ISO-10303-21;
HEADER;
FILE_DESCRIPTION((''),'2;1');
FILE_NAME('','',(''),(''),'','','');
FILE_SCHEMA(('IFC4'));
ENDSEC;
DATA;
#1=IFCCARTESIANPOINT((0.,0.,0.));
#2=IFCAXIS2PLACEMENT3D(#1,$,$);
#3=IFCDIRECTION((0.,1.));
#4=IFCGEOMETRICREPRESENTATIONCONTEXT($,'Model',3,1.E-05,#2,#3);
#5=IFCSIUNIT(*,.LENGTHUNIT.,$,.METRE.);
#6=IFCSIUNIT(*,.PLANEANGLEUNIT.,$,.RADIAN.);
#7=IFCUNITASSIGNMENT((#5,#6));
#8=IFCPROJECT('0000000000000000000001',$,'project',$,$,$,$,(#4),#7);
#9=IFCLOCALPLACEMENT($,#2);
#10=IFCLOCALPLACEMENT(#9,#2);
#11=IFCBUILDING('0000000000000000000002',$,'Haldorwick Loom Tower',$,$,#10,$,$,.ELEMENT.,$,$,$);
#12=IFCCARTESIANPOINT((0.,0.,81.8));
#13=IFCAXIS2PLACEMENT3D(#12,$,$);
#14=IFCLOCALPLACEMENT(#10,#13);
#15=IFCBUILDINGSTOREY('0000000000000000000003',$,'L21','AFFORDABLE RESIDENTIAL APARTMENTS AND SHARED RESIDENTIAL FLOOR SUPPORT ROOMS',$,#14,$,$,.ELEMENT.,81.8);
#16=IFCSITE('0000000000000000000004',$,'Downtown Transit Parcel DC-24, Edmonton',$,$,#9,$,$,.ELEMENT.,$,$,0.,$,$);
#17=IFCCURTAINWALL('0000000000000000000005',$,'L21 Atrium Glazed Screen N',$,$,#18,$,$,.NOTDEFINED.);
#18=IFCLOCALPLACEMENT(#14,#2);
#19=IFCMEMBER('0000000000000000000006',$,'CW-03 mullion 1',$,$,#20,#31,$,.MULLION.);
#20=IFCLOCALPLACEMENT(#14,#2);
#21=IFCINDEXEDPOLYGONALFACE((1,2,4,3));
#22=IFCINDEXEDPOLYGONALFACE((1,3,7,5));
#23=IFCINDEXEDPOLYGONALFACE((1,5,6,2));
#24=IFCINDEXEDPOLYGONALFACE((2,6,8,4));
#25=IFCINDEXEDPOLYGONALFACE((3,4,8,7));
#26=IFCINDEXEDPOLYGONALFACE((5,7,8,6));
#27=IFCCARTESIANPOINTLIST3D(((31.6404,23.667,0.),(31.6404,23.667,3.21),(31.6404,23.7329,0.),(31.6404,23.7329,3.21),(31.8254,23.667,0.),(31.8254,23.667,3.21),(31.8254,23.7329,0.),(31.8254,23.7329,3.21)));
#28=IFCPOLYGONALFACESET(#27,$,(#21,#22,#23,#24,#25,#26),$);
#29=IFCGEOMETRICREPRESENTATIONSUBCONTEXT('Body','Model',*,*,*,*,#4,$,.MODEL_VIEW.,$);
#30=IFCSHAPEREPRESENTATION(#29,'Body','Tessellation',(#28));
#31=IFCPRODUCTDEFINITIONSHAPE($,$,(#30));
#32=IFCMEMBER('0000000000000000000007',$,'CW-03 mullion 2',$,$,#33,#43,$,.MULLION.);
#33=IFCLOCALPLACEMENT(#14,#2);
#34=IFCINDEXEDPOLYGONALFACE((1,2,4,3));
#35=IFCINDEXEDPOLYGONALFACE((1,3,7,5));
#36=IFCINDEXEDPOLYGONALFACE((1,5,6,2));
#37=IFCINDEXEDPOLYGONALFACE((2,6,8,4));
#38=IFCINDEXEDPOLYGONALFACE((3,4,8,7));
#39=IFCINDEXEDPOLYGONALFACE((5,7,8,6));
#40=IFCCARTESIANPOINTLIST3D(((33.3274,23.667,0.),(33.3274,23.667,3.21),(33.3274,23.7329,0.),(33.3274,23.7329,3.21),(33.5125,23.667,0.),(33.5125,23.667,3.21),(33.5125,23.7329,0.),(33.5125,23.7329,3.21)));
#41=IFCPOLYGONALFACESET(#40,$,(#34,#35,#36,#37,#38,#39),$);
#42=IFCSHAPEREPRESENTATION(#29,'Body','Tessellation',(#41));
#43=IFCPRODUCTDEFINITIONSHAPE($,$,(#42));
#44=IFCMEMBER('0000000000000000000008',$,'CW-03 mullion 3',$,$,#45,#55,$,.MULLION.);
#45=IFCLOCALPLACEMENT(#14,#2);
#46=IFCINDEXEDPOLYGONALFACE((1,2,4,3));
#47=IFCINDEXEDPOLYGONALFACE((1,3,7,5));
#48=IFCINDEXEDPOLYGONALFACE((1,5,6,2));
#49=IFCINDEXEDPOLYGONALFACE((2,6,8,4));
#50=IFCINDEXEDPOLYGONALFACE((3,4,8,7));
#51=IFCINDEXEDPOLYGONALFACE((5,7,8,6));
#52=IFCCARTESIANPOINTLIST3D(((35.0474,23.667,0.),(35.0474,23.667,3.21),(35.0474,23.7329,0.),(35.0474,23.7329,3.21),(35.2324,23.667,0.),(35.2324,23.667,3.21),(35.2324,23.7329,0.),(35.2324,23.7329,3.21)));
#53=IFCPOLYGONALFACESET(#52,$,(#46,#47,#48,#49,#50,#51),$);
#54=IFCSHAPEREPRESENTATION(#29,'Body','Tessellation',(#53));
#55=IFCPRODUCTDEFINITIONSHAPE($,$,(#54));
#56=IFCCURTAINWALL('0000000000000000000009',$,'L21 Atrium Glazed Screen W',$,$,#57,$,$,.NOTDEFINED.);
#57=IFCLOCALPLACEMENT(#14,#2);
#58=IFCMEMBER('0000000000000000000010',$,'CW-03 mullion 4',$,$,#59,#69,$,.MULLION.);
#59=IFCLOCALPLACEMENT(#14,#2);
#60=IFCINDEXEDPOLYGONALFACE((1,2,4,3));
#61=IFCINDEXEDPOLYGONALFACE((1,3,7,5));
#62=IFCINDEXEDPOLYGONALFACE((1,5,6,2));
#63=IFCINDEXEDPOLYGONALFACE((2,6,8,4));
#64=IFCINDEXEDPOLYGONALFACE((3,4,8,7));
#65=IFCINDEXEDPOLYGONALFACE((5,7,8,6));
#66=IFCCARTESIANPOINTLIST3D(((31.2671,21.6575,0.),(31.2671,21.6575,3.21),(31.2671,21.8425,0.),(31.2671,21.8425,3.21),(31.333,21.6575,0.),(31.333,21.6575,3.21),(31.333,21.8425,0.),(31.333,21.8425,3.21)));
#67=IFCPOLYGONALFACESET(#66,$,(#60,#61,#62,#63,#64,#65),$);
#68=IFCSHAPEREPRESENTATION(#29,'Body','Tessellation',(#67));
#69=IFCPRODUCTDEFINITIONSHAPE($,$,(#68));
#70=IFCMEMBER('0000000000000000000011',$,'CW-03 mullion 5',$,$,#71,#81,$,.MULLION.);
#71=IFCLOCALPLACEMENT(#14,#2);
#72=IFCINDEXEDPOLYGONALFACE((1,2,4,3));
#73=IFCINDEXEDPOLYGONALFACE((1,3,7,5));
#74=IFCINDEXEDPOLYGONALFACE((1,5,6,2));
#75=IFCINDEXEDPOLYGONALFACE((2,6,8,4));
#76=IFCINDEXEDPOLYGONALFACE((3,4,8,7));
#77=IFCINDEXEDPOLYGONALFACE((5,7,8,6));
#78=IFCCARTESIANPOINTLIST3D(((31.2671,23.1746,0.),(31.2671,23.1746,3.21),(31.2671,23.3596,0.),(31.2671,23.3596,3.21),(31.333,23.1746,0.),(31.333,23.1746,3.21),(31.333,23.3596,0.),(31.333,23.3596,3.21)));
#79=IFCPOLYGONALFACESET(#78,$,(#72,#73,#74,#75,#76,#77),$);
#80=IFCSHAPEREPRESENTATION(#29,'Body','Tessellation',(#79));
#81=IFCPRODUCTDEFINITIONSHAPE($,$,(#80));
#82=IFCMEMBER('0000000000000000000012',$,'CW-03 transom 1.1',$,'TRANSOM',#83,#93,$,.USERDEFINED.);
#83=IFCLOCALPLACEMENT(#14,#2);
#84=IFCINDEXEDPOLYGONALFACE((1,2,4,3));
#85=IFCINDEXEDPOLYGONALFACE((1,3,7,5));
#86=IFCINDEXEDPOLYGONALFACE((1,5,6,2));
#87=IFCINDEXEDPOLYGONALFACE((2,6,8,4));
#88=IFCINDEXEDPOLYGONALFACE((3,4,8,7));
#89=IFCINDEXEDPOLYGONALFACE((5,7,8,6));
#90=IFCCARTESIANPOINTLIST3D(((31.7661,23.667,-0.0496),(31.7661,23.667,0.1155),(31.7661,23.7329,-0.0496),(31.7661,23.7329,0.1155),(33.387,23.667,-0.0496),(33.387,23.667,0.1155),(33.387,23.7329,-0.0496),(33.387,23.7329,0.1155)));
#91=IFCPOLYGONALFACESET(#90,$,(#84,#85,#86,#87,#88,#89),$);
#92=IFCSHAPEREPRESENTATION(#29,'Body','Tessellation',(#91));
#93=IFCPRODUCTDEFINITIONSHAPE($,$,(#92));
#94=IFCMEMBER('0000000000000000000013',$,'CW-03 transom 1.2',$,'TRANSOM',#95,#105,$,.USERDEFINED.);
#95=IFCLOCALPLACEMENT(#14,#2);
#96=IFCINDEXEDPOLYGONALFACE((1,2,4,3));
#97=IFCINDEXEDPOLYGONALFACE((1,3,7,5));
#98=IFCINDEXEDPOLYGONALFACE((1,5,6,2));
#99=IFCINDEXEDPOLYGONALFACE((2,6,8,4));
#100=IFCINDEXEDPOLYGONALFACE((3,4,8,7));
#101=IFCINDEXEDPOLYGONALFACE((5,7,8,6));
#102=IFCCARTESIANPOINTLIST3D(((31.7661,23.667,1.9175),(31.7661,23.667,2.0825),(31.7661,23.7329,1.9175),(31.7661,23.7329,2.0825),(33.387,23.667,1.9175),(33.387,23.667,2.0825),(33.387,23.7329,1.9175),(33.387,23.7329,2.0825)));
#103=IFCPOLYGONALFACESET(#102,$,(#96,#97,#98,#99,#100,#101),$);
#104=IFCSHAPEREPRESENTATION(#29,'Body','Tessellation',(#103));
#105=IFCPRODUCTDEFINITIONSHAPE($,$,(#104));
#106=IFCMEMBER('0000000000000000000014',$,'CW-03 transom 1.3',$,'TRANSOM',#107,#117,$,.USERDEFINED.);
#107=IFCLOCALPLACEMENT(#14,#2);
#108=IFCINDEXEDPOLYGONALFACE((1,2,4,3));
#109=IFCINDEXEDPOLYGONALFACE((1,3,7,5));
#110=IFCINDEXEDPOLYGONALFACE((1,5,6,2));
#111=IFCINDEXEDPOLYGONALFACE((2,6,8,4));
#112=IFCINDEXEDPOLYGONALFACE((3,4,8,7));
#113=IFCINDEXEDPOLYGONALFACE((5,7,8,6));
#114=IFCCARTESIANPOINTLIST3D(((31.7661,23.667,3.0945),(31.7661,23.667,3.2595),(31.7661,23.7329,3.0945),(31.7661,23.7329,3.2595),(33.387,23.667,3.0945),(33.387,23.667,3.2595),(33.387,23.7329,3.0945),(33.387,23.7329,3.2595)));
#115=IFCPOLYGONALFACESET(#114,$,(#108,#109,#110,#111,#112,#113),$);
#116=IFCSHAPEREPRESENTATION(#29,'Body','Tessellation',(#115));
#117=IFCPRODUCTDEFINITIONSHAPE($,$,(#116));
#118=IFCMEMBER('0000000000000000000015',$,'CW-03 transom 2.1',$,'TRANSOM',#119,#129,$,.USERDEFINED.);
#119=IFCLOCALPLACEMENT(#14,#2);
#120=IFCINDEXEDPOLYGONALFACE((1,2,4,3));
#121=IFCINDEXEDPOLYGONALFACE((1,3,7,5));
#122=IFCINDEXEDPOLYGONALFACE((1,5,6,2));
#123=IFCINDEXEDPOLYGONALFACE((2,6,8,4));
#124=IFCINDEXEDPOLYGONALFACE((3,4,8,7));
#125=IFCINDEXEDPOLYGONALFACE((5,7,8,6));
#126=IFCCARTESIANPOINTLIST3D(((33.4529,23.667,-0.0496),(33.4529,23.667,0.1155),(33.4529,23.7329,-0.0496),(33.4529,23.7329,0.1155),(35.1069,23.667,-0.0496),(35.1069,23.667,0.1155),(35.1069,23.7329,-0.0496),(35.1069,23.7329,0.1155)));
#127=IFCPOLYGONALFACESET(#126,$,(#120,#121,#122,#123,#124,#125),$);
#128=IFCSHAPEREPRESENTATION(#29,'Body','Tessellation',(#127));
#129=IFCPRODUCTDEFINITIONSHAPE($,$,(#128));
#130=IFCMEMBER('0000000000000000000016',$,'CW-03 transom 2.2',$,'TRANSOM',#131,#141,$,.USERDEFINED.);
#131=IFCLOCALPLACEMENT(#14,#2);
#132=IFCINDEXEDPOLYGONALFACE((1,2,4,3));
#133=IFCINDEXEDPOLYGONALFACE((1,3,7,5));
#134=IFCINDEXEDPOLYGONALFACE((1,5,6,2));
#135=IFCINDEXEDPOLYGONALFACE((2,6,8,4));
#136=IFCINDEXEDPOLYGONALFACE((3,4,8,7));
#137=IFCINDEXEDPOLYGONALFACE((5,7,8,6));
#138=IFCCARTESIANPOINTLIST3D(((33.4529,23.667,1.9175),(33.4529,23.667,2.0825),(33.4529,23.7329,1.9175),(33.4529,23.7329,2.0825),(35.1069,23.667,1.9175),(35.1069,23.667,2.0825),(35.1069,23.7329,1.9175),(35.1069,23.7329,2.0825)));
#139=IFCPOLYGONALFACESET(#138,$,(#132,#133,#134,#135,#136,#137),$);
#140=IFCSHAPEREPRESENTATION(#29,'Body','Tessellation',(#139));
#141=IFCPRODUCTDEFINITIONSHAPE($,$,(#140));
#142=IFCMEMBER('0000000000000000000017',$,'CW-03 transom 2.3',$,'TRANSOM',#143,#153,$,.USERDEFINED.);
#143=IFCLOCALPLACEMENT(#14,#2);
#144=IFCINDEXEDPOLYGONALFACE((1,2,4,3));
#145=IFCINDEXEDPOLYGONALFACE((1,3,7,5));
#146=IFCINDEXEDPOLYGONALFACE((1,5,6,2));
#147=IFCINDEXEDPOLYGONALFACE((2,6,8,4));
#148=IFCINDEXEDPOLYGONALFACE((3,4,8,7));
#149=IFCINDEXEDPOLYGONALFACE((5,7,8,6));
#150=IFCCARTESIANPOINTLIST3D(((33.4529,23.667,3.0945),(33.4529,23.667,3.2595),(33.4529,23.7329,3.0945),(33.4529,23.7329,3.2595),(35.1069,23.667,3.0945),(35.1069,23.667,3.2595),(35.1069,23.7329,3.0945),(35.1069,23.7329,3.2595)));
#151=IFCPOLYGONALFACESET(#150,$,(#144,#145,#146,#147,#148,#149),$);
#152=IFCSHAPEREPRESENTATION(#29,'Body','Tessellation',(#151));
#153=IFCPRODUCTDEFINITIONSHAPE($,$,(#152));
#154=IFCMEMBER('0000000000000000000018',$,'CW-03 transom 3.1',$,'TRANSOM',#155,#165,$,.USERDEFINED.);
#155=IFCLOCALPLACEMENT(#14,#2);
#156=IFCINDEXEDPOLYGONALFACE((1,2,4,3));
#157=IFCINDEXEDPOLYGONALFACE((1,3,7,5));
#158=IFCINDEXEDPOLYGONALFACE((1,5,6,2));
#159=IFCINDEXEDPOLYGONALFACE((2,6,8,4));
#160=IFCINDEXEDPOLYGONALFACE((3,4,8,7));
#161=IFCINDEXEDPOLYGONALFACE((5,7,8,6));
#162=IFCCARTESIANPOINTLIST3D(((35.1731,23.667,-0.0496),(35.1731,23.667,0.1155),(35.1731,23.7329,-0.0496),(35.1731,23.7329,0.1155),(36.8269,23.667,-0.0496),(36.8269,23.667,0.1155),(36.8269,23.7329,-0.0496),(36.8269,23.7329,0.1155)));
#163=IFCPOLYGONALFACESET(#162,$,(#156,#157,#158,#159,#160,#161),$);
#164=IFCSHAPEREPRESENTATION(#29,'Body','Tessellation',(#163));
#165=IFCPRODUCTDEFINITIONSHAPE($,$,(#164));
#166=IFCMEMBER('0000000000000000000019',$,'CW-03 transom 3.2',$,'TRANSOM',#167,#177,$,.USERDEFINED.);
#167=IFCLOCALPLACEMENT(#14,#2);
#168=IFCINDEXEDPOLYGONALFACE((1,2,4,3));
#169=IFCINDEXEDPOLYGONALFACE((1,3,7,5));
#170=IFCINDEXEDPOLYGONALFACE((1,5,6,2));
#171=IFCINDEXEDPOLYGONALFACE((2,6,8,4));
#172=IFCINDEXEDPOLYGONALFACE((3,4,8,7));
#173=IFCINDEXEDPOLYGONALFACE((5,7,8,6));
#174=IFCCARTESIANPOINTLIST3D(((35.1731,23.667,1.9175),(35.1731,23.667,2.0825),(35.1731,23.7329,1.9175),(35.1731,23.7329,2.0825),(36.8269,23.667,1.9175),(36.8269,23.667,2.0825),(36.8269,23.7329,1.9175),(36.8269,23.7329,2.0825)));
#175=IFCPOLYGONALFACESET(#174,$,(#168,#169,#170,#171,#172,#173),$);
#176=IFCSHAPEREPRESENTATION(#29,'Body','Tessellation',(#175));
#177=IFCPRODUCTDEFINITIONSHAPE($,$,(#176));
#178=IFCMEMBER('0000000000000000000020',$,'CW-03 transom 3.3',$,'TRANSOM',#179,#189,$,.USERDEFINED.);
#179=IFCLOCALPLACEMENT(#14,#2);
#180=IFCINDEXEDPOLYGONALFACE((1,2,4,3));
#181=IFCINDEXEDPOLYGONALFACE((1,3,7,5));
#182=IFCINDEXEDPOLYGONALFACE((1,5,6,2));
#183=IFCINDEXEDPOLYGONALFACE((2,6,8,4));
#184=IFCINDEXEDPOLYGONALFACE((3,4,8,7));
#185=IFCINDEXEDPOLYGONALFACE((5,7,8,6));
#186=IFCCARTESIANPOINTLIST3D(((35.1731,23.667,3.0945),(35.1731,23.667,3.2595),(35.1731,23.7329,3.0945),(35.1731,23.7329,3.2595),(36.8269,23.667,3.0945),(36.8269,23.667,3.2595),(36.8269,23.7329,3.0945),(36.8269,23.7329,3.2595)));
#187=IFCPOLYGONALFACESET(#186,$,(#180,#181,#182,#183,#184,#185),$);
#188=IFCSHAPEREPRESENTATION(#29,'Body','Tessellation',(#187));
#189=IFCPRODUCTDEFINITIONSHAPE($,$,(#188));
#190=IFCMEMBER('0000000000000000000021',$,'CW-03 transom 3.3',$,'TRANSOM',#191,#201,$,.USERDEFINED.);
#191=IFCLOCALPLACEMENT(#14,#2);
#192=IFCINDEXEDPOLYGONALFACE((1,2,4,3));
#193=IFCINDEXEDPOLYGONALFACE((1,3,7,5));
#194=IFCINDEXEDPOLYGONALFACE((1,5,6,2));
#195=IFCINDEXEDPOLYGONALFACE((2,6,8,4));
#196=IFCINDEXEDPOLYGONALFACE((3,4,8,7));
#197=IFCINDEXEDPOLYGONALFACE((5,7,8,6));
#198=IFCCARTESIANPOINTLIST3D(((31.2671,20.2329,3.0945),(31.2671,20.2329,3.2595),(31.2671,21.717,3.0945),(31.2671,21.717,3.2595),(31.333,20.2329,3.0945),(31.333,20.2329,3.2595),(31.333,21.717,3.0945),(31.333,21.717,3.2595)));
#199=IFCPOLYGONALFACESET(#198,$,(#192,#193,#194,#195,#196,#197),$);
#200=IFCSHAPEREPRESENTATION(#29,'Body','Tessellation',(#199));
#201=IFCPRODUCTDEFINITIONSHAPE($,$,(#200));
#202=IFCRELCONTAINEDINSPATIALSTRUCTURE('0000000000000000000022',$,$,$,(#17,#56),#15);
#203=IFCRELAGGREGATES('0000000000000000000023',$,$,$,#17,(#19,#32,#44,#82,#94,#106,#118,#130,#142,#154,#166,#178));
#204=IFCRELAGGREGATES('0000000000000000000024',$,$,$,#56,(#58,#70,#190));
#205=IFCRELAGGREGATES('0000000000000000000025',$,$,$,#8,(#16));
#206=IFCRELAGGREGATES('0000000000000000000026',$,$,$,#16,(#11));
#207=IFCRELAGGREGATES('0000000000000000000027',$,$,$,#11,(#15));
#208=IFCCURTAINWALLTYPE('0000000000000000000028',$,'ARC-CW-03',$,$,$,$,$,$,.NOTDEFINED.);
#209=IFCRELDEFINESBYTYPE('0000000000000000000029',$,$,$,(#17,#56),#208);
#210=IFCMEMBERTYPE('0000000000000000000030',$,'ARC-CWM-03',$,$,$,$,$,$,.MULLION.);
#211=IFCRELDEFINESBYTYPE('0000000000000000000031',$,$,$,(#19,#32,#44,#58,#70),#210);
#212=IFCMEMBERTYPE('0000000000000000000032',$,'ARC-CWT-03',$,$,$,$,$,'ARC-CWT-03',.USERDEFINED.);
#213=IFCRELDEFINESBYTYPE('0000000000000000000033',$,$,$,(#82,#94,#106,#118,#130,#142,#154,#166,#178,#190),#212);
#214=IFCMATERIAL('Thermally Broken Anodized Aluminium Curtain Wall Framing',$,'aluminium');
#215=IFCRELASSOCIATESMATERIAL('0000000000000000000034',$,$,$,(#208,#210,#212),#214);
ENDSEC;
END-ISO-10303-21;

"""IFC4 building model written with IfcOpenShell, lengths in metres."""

from ifc_helpers import new_model, si_unit, direction, frame, origin, origin_2d, place, context, subcontext, project, spatial, rectangle, extrude, material, material_profile, profile_set, type_object, element, aggregate, save


model = new_model("IFC4")

# Units and contexts
model_context = context("Model", 3, precision=1e-05, world=origin(), true_north=direction((0.0, 1.0)))
body_context = subcontext(model_context, "Body", "Model", "MODEL_VIEW")
ifc_project = project(units=[si_unit("LENGTHUNIT", "METRE"), si_unit("PLANEANGLEUNIT", "RADIAN")], contexts=[model_context])

# Site, building, storey
site_placement = place(None, origin())
site = spatial("IfcSite", under=ifc_project, at=site_placement, Name="Downtown Transit Parcel DC-24, Edmonton", CompositionType="ELEMENT", RefElevation=0.0)
building_placement = place(site_placement, origin())
building = spatial("IfcBuilding", under=site, at=building_placement, Name="Haldorwick Loom Tower", CompositionType="ELEMENT")
storey_placement = place(building_placement, frame((0.0, 0.0, 81.8)))
storey = spatial("IfcBuildingStorey", under=building, at=storey_placement, Name="L21", Description="AFFORDABLE RESIDENTIAL APARTMENTS AND SHARED RESIDENTIAL FLOOR SUPPORT ROOMS", CompositionType="ELEMENT", Elevation=81.8)

# Curtain walls, members
ifc_material_1 = material(Name="Thermally Broken Anodized Aluminium Curtain Wall Framing", Category="aluminium")
curtain_wall_type = type_object("IfcCurtainWallType", Name="ARC-CW-03", PredefinedType="NOTDEFINED", material=ifc_material_1)
curtain_wall_1_placement = place(storey_placement, origin())
curtain_wall_1 = element("IfcCurtainWall", 1, at=curtain_wall_1_placement, inside=storey, type_object=curtain_wall_type, Name="L21 Atrium Glazed Screen N", PredefinedType="NOTDEFINED")
ifc_material_profile_1 = material_profile(ifc_material_1, rectangle(XDim=0.0659, YDim=0.1851, at=origin_2d()), Name="ALU_MUL_66X185", Category="aluminium")
ifc_profile_set_1 = profile_set([ifc_material_profile_1], Name="Thermally Broken Anodized Aluminium Curtain Wall Framing")
member_type_1 = type_object("IfcMemberType", Name="ARC-CWM-03", PredefinedType="MULLION", material=ifc_profile_set_1)
member_1_placement = place(storey_placement, frame((31.7329, 23.7, 0.0), z_axis=(0.0, 0.0, 1.0), x_axis=(0.0, 1.0, 0.0)))
member_1 = element("IfcMember", 2, at=member_1_placement, type_object=member_type_1, Name="CW-03 mullion 1", PredefinedType="MULLION", context=body_context, shape_type="SweptSolid", body=[
    extrude(rectangle(XDim=0.0659, YDim=0.1851, at=origin_2d()), origin(), (0.0, 0.0, 1.0), 3.21),
])
member_2_placement = place(storey_placement, frame((33.4199, 23.7, 0.0), z_axis=(0.0, 0.0, 1.0), x_axis=(0.0, 1.0, 0.0)))
member_2 = element("IfcMember", 3, at=member_2_placement, type_object=member_type_1, Name="CW-03 mullion 2", PredefinedType="MULLION", context=body_context, shape_type="SweptSolid", body=[
    extrude(rectangle(XDim=0.0659, YDim=0.1851, at=origin_2d()), origin(), (0.0, 0.0, 1.0), 3.21),
])
member_3_placement = place(storey_placement, frame((35.1399, 23.7, 0.0), z_axis=(0.0, 0.0, 1.0), x_axis=(0.0, 1.0, 0.0)))
member_3 = element("IfcMember", 4, at=member_3_placement, type_object=member_type_1, Name="CW-03 mullion 3", PredefinedType="MULLION", context=body_context, shape_type="SweptSolid", body=[
    extrude(rectangle(XDim=0.0659, YDim=0.1851, at=origin_2d()), origin(), (0.0, 0.0, 1.0), 3.21),
])
curtain_wall_2_placement = place(storey_placement, origin())
curtain_wall_2 = element("IfcCurtainWall", 5, at=curtain_wall_2_placement, inside=storey, type_object=curtain_wall_type, Name="L21 Atrium Glazed Screen W", PredefinedType="NOTDEFINED")
member_4_placement = place(storey_placement, frame((31.3, 21.75, 0.0), z_axis=(0.0, 0.0, 1.0), x_axis=(-1.0, 0.0, 0.0)))
member_4 = element("IfcMember", 6, at=member_4_placement, type_object=member_type_1, Name="CW-03 mullion 4", PredefinedType="MULLION", context=body_context, shape_type="SweptSolid", body=[
    extrude(rectangle(XDim=0.0659, YDim=0.1851, at=origin_2d()), origin(), (0.0, 0.0, 1.0), 3.21),
])
member_5_placement = place(storey_placement, frame((31.3, 23.2671, 0.0), z_axis=(0.0, 0.0, 1.0), x_axis=(-1.0, 0.0, 0.0)))
member_5 = element("IfcMember", 7, at=member_5_placement, type_object=member_type_1, Name="CW-03 mullion 5", PredefinedType="MULLION", context=body_context, shape_type="SweptSolid", body=[
    extrude(rectangle(XDim=0.0659, YDim=0.1851, at=origin_2d()), origin(), (0.0, 0.0, 1.0), 3.21),
])

# Members
ifc_material_profile_2 = material_profile(ifc_material_1, rectangle(XDim=0.0659, YDim=0.165, at=origin_2d()), Name="ALU_TRN_66X165", Category="aluminium")
ifc_profile_set_2 = profile_set([ifc_material_profile_2], Name="Thermally Broken Anodized Aluminium Curtain Wall Framing")
member_type_2 = type_object("IfcMemberType", Name="ARC-CWT-03", ElementType="ARC-CWT-03", PredefinedType="USERDEFINED", material=ifc_profile_set_2)
member_6_placement = place(storey_placement, frame((31.7661, 23.7, 0.033), z_axis=(1.0, 0.0, 0.0), x_axis=(0.0, 1.0, 0.0)))
member_6 = element("IfcMember", 8, at=member_6_placement, type_object=member_type_2, Name="CW-03 transom 1.1", ObjectType="TRANSOM", PredefinedType="USERDEFINED", context=body_context, shape_type="SweptSolid", body=[
    extrude(rectangle(XDim=0.0659, YDim=0.165, at=origin_2d()), origin(), (0.0, 0.0, 1.0), 1.6208),
])
member_7_placement = place(storey_placement, frame((31.7661, 23.7, 2.0), z_axis=(1.0, 0.0, 0.0), x_axis=(0.0, 1.0, 0.0)))
member_7 = element("IfcMember", 9, at=member_7_placement, type_object=member_type_2, Name="CW-03 transom 1.2", ObjectType="TRANSOM", PredefinedType="USERDEFINED", context=body_context, shape_type="SweptSolid", body=[
    extrude(rectangle(XDim=0.0659, YDim=0.165, at=origin_2d()), origin(), (0.0, 0.0, 1.0), 1.6208),
])
member_8_placement = place(storey_placement, frame((31.7661, 23.7, 3.177), z_axis=(1.0, 0.0, 0.0), x_axis=(0.0, 1.0, 0.0)))
member_8 = element("IfcMember", 10, at=member_8_placement, type_object=member_type_2, Name="CW-03 transom 1.3", ObjectType="TRANSOM", PredefinedType="USERDEFINED", context=body_context, shape_type="SweptSolid", body=[
    extrude(rectangle(XDim=0.0659, YDim=0.165, at=origin_2d()), origin(), (0.0, 0.0, 1.0), 1.6208),
])
member_9_placement = place(storey_placement, frame((33.4529, 23.7, 0.033), z_axis=(1.0, 0.0, 0.0), x_axis=(0.0, 1.0, 0.0)))
member_9 = element("IfcMember", 11, at=member_9_placement, type_object=member_type_2, Name="CW-03 transom 2.1", ObjectType="TRANSOM", PredefinedType="USERDEFINED", context=body_context, shape_type="SweptSolid", body=[
    extrude(rectangle(XDim=0.0659, YDim=0.165, at=origin_2d()), origin(), (0.0, 0.0, 1.0), 1.6541),
])
member_10_placement = place(storey_placement, frame((33.4529, 23.7, 2.0), z_axis=(1.0, 0.0, 0.0), x_axis=(0.0, 1.0, 0.0)))
member_10 = element("IfcMember", 12, at=member_10_placement, type_object=member_type_2, Name="CW-03 transom 2.2", ObjectType="TRANSOM", PredefinedType="USERDEFINED", context=body_context, shape_type="SweptSolid", body=[
    extrude(rectangle(XDim=0.0659, YDim=0.165, at=origin_2d()), origin(), (0.0, 0.0, 1.0), 1.6541),
])
member_11_placement = place(storey_placement, frame((33.4529, 23.7, 3.177), z_axis=(1.0, 0.0, 0.0), x_axis=(0.0, 1.0, 0.0)))
member_11 = element("IfcMember", 13, at=member_11_placement, type_object=member_type_2, Name="CW-03 transom 2.3", ObjectType="TRANSOM", PredefinedType="USERDEFINED", context=body_context, shape_type="SweptSolid", body=[
    extrude(rectangle(XDim=0.0659, YDim=0.165, at=origin_2d()), origin(), (0.0, 0.0, 1.0), 1.6541),
])
member_12_placement = place(storey_placement, frame((35.1731, 23.7, 0.033), z_axis=(1.0, 0.0, 0.0), x_axis=(0.0, 1.0, 0.0)))
member_12 = element("IfcMember", 14, at=member_12_placement, type_object=member_type_2, Name="CW-03 transom 3.1", ObjectType="TRANSOM", PredefinedType="USERDEFINED", context=body_context, shape_type="SweptSolid", body=[
    extrude(rectangle(XDim=0.0659, YDim=0.165, at=origin_2d()), origin(), (0.0, 0.0, 1.0), 1.6538),
])
member_13_placement = place(storey_placement, frame((35.1731, 23.7, 2.0), z_axis=(1.0, 0.0, 0.0), x_axis=(0.0, 1.0, 0.0)))
member_13 = element("IfcMember", 15, at=member_13_placement, type_object=member_type_2, Name="CW-03 transom 3.2", ObjectType="TRANSOM", PredefinedType="USERDEFINED", context=body_context, shape_type="SweptSolid", body=[
    extrude(rectangle(XDim=0.0659, YDim=0.165, at=origin_2d()), origin(), (0.0, 0.0, 1.0), 1.6538),
])
member_14_placement = place(storey_placement, frame((35.1731, 23.7, 3.177), z_axis=(1.0, 0.0, 0.0), x_axis=(0.0, 1.0, 0.0)))
member_14 = element("IfcMember", 16, at=member_14_placement, type_object=member_type_2, Name="CW-03 transom 3.3", ObjectType="TRANSOM", PredefinedType="USERDEFINED", context=body_context, shape_type="SweptSolid", body=[
    extrude(rectangle(XDim=0.0659, YDim=0.165, at=origin_2d()), origin(), (0.0, 0.0, 1.0), 1.6538),
])
member_15_placement = place(storey_placement, frame((31.3, 20.2329, 3.177), z_axis=(0.0, 1.0, 0.0), x_axis=(-1.0, 0.0, 0.0)))
member_15 = element("IfcMember", 17, at=member_15_placement, type_object=member_type_2, Name="CW-03 transom 3.3", ObjectType="TRANSOM", PredefinedType="USERDEFINED", context=body_context, shape_type="SweptSolid", body=[
    extrude(rectangle(XDim=0.0659, YDim=0.165, at=origin_2d()), origin(), (0.0, 0.0, 1.0), 1.4841),
])

aggregate(curtain_wall_1, [member_1, member_2, member_3, member_6, member_7, member_8, member_9, member_10, member_11, member_12, member_13, member_14])
aggregate(curtain_wall_2, [member_4, member_5, member_15])

save(model, "model.ifc")
